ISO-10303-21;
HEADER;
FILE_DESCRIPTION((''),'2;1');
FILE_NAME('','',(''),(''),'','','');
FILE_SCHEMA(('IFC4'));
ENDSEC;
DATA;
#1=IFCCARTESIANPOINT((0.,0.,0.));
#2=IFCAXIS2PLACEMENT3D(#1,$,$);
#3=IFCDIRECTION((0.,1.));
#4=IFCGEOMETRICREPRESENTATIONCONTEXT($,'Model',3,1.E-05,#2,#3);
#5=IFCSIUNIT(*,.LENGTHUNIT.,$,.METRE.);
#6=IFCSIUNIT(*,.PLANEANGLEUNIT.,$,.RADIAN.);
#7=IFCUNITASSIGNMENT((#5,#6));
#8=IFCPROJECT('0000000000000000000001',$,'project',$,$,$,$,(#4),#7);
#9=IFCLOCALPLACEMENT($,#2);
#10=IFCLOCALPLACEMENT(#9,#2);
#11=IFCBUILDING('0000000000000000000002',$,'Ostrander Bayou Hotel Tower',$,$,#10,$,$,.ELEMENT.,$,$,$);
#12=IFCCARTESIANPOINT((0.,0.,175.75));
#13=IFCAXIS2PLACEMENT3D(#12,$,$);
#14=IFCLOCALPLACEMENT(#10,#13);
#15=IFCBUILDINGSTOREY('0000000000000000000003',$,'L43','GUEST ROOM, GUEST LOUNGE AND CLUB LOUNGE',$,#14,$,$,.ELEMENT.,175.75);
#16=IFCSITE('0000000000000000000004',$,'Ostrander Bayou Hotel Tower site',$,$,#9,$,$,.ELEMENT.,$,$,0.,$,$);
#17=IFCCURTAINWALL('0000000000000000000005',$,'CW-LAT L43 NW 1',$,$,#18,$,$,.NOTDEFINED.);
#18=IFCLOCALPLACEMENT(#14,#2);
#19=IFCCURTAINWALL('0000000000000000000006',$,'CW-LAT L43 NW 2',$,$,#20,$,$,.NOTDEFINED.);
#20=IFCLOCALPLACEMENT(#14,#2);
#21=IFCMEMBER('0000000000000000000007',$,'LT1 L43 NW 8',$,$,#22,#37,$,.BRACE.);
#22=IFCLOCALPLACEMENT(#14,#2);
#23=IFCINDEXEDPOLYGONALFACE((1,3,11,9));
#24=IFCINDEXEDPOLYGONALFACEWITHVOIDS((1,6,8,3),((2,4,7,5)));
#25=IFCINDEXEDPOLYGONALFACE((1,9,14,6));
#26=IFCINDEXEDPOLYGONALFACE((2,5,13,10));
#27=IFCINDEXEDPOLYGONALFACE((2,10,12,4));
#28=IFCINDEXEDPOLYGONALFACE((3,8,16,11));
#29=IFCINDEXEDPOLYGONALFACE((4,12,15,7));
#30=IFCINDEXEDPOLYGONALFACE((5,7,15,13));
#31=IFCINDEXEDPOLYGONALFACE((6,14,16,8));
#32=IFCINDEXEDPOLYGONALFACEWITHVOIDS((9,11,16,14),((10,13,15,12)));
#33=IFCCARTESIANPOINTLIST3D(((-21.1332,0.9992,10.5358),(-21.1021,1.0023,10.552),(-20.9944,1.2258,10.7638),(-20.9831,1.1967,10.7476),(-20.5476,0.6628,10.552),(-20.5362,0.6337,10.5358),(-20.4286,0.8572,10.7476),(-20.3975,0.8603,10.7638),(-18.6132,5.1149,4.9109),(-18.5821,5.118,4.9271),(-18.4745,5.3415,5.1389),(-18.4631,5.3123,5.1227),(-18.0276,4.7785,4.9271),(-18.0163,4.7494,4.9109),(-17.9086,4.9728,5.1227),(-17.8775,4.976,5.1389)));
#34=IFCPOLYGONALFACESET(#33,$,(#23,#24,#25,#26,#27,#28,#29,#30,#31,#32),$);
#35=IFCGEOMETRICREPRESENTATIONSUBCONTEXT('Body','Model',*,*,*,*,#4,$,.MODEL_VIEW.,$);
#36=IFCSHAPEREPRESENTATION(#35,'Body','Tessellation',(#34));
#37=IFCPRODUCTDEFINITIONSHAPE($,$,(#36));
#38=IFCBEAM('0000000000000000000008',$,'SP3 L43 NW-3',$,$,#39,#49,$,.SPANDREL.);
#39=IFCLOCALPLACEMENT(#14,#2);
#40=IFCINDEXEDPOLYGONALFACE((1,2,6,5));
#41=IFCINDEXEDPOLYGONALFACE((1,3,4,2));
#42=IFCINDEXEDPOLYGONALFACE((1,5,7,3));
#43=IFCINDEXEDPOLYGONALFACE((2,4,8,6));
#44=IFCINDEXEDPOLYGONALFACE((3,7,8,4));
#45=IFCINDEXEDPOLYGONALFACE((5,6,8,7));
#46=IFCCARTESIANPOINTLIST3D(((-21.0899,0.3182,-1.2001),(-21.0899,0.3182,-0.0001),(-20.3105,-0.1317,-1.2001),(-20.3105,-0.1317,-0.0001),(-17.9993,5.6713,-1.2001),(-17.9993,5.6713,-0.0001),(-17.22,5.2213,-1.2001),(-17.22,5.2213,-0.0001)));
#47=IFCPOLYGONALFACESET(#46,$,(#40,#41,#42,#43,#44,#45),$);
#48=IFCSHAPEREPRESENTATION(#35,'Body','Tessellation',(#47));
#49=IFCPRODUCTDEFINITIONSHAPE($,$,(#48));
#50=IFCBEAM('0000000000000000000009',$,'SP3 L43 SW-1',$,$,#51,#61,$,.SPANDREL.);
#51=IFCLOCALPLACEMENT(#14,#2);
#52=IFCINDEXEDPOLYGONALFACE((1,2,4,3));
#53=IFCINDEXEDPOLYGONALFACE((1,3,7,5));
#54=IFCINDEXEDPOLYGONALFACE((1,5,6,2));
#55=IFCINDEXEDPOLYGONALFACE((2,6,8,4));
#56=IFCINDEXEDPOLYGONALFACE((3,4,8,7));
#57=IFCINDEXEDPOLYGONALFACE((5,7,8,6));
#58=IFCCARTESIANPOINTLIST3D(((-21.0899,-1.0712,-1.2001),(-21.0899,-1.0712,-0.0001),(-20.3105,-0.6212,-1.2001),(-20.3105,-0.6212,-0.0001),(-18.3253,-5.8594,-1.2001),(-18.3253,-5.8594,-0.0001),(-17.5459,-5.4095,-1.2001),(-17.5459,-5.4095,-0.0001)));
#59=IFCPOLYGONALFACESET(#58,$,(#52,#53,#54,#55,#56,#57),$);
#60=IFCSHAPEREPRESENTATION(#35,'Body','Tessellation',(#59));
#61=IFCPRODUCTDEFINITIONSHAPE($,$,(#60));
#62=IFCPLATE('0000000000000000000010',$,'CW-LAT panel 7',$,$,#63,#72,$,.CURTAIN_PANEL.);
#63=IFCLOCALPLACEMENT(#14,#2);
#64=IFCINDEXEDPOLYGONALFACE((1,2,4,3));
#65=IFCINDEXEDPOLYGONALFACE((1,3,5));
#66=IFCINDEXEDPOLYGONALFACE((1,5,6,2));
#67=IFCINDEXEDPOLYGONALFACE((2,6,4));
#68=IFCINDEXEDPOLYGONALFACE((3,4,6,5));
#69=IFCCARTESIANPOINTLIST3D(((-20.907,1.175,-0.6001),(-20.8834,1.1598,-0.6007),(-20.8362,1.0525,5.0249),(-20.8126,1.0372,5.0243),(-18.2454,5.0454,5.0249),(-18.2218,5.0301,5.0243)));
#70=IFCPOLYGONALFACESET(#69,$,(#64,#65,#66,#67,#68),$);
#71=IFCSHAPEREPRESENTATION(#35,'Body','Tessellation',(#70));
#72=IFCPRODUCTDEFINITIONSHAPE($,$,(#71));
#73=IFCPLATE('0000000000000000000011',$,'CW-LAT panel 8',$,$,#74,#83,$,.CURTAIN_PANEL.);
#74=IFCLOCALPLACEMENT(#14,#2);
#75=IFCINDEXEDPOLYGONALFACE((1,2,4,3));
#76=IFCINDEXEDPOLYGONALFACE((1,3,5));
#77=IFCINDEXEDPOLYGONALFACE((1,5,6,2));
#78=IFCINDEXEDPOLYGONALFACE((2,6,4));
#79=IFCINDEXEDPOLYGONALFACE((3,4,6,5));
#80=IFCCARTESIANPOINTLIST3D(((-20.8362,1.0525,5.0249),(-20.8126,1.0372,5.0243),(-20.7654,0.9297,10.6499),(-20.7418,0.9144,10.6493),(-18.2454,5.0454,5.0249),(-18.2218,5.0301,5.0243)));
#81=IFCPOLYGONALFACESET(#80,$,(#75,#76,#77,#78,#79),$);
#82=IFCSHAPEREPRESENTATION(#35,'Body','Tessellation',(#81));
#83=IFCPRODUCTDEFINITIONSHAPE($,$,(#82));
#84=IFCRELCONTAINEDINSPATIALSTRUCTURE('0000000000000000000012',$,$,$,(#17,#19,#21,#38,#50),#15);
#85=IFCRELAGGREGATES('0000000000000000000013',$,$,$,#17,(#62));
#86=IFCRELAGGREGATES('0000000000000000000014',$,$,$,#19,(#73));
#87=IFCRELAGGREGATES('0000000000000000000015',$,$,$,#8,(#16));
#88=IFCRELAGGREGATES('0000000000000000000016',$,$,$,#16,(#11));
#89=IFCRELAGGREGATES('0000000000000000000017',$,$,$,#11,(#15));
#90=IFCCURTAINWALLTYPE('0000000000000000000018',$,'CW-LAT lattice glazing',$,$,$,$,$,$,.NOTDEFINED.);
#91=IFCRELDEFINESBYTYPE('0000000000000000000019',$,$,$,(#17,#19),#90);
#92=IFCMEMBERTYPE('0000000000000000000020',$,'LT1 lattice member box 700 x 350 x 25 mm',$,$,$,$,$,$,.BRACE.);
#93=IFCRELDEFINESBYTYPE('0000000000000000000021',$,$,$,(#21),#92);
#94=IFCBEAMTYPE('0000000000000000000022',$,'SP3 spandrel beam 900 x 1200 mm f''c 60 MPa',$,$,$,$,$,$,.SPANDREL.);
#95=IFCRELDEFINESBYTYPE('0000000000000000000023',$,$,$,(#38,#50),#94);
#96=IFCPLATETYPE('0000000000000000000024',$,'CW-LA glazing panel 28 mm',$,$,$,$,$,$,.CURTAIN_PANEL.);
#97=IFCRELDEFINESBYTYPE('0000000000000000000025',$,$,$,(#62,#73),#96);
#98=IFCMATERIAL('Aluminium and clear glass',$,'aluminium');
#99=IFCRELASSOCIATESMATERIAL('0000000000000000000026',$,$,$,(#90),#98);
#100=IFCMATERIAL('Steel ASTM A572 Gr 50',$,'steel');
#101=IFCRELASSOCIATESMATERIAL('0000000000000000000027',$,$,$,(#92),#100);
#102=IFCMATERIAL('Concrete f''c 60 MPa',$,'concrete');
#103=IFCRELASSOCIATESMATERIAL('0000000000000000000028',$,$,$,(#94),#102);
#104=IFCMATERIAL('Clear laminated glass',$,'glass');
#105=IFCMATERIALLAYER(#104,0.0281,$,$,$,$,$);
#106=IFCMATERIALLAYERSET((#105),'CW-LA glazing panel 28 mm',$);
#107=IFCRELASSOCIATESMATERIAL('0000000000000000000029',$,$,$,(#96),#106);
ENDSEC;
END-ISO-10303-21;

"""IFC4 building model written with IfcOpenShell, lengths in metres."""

from ifc_helpers import new_model, si_unit, direction, frame, origin, origin_2d, place, context, subcontext, project, spatial, polyline, rectangle, hollow_rectangle, outline, extrude, material, layer, layer_set, material_profile, profile_set, type_object, element, aggregate, save


model = new_model("IFC4")

# Units and contexts
model_context = context("Model", 3, precision=1e-05, world=origin(), true_north=direction((0.0, 1.0)))
body_context = subcontext(model_context, "Body", "Model", "MODEL_VIEW")
ifc_project = project(units=[si_unit("LENGTHUNIT", "METRE"), si_unit("PLANEANGLEUNIT", "RADIAN")], contexts=[model_context])

# Site, building, storey
site_placement = place(None, origin())
site = spatial("IfcSite", under=ifc_project, at=site_placement, Name="Ostrander Bayou Hotel Tower site", CompositionType="ELEMENT", RefElevation=0.0)
building_placement = place(site_placement, origin())
building = spatial("IfcBuilding", under=site, at=building_placement, Name="Ostrander Bayou Hotel Tower", CompositionType="ELEMENT")
storey_placement = place(building_placement, frame((0.0, 0.0, 175.75)))
storey = spatial("IfcBuildingStorey", under=building, at=storey_placement, Name="L43", Description="GUEST ROOM, GUEST LOUNGE AND CLUB LOUNGE", CompositionType="ELEMENT", Elevation=175.75)

# Curtain wall
ifc_material_1 = material(Name="Aluminium and clear glass", Category="aluminium")
curtain_wall_type = type_object("IfcCurtainWallType", Name="CW-LAT lattice glazing", PredefinedType="NOTDEFINED", material=ifc_material_1)
curtain_wall_1_placement = place(storey_placement, origin())
curtain_wall_1 = element("IfcCurtainWall", 1, at=curtain_wall_1_placement, inside=storey, type_object=curtain_wall_type, Name="CW-LAT L43 NW 1", PredefinedType="NOTDEFINED")

# Curtain wall
curtain_wall_2_placement = place(storey_placement, origin())
curtain_wall_2 = element("IfcCurtainWall", 2, at=curtain_wall_2_placement, inside=storey, type_object=curtain_wall_type, Name="CW-LAT L43 NW 2", PredefinedType="NOTDEFINED")

# Member
ifc_material_2 = material(Name="Steel ASTM A572 Gr 50", Category="steel")
ifc_material_profile_1 = material_profile(ifc_material_2, hollow_rectangle(XDim=0.7, YDim=0.3501, WallThickness=0.0249, at=origin_2d()))
ifc_profile_set_1 = profile_set([ifc_material_profile_1], Name="Steel ASTM A572 Gr 50")
member_type_1 = type_object("IfcMemberType", Name="LT1 lattice member box 700 x 350 x 25 mm", PredefinedType="BRACE", material=ifc_profile_set_1)
member_1_placement = place(storey_placement, frame((-18.2454, 5.0454, 5.0249), z_axis=(-0.340015, -0.555316, 0.758956), x_axis=(0.852834, -0.522182, 0.0)))
element("IfcMember", 3, at=member_1_placement, inside=storey, type_object=member_type_1, Name="LT1 L43 NW 8", PredefinedType="BRACE", context=body_context, shape_type="SweptSolid", body=[
    extrude(hollow_rectangle(XDim=0.7, YDim=0.3501, WallThickness=0.0249, at=origin_2d()), origin(), (0.0, 0.0, 1.0), 7.4114),
])

# Beams
ifc_material_3 = material(Name="Concrete f'c 60 MPa", Category="concrete")
ifc_material_profile_2 = material_profile(ifc_material_3, rectangle(XDim=0.8999, YDim=1.2, at=origin_2d()))
ifc_profile_set_2 = profile_set([ifc_material_profile_2], Name="Concrete f'c 60 MPa")
beam_type_1 = type_object("IfcBeamType", Name="SP3 spandrel beam 900 x 1200 mm f'c 60 MPa", PredefinedType="SPANDREL", material=ifc_profile_set_2)
beam_1_placement = place(storey_placement, frame((-17.6096, 5.4463, -0.6001), z_axis=(-0.500001, -0.866025, 0.0), x_axis=(0.866025, -0.500001, 0.0)))
element("IfcBeam", 4, at=beam_1_placement, inside=storey, type_object=beam_type_1, Name="SP3 L43 NW-3", PredefinedType="SPANDREL", context=body_context, shape_type="SweptSolid", body=[
    extrude(rectangle(XDim=0.8999, YDim=1.2, at=origin_2d()), origin(), (0.0, 0.0, 1.0), 6.1812),
])
beam_2_placement = place(storey_placement, frame((-20.7002, -0.8462, -0.6001), z_axis=(0.500014, -0.866017, 0.0), x_axis=(0.866017, 0.500014, 0.0)))
element("IfcBeam", 5, at=beam_2_placement, inside=storey, type_object=beam_type_1, Name="SP3 L43 SW-1", PredefinedType="SPANDREL", context=body_context, shape_type="SweptSolid", body=[
    extrude(rectangle(XDim=0.8999, YDim=1.2, at=origin_2d()), origin(), (0.0, 0.0, 1.0), 5.5291),
])

# Plates
ifc_material_4 = material(Name="Clear laminated glass", Category="glass")
ifc_layer_1 = layer(ifc_material_4, 0.0281)
ifc_layer_set_1 = layer_set([ifc_layer_1], Name="CW-LA glazing panel 28 mm")
plate_type = type_object("IfcPlateType", Name="CW-LA glazing panel 28 mm", PredefinedType="CURTAIN_PANEL", material=ifc_layer_set_1)
plate_1_placement = place(storey_placement, frame((-18.2454, 5.0454, 5.0249), z_axis=(-0.838672, 0.544175, 0.022413), x_axis=(-0.363196, -0.528136, -0.767568)))
plate_1 = element("IfcPlate", 6, at=plate_1_placement, type_object=plate_type, Name="CW-LAT panel 7", PredefinedType="CURTAIN_PANEL", context=body_context, shape_type="SweptSolid", body=[
    extrude(outline(polyline([(0.0, 0.0), (7.3283, 0.0), (3.0498, 3.6544), (0.0, 0.0)])), origin(), (0.0, 0.0, -1.0), 0.0281),
])
aggregate(curtain_wall_1, [plate_1])
plate_2_placement = place(storey_placement, frame((-18.2454, 5.0454, 5.0249), z_axis=(-0.838672, 0.544175, 0.022436), x_axis=(-0.340015, -0.555316, 0.758956)))
plate_2 = element("IfcPlate", 7, at=plate_2_placement, type_object=plate_type, Name="CW-LAT panel 8", PredefinedType="CURTAIN_PANEL", context=body_context, shape_type="SweptSolid", body=[
    extrude(outline(polyline([(0.0, 0.0), (7.4115, 0.0), (3.0982, -3.6134), (0.0, 0.0)])), origin(), (0.0, 0.0, -1.0), 0.0281),
])
aggregate(curtain_wall_2, [plate_2])

save(model, "model.ifc")
